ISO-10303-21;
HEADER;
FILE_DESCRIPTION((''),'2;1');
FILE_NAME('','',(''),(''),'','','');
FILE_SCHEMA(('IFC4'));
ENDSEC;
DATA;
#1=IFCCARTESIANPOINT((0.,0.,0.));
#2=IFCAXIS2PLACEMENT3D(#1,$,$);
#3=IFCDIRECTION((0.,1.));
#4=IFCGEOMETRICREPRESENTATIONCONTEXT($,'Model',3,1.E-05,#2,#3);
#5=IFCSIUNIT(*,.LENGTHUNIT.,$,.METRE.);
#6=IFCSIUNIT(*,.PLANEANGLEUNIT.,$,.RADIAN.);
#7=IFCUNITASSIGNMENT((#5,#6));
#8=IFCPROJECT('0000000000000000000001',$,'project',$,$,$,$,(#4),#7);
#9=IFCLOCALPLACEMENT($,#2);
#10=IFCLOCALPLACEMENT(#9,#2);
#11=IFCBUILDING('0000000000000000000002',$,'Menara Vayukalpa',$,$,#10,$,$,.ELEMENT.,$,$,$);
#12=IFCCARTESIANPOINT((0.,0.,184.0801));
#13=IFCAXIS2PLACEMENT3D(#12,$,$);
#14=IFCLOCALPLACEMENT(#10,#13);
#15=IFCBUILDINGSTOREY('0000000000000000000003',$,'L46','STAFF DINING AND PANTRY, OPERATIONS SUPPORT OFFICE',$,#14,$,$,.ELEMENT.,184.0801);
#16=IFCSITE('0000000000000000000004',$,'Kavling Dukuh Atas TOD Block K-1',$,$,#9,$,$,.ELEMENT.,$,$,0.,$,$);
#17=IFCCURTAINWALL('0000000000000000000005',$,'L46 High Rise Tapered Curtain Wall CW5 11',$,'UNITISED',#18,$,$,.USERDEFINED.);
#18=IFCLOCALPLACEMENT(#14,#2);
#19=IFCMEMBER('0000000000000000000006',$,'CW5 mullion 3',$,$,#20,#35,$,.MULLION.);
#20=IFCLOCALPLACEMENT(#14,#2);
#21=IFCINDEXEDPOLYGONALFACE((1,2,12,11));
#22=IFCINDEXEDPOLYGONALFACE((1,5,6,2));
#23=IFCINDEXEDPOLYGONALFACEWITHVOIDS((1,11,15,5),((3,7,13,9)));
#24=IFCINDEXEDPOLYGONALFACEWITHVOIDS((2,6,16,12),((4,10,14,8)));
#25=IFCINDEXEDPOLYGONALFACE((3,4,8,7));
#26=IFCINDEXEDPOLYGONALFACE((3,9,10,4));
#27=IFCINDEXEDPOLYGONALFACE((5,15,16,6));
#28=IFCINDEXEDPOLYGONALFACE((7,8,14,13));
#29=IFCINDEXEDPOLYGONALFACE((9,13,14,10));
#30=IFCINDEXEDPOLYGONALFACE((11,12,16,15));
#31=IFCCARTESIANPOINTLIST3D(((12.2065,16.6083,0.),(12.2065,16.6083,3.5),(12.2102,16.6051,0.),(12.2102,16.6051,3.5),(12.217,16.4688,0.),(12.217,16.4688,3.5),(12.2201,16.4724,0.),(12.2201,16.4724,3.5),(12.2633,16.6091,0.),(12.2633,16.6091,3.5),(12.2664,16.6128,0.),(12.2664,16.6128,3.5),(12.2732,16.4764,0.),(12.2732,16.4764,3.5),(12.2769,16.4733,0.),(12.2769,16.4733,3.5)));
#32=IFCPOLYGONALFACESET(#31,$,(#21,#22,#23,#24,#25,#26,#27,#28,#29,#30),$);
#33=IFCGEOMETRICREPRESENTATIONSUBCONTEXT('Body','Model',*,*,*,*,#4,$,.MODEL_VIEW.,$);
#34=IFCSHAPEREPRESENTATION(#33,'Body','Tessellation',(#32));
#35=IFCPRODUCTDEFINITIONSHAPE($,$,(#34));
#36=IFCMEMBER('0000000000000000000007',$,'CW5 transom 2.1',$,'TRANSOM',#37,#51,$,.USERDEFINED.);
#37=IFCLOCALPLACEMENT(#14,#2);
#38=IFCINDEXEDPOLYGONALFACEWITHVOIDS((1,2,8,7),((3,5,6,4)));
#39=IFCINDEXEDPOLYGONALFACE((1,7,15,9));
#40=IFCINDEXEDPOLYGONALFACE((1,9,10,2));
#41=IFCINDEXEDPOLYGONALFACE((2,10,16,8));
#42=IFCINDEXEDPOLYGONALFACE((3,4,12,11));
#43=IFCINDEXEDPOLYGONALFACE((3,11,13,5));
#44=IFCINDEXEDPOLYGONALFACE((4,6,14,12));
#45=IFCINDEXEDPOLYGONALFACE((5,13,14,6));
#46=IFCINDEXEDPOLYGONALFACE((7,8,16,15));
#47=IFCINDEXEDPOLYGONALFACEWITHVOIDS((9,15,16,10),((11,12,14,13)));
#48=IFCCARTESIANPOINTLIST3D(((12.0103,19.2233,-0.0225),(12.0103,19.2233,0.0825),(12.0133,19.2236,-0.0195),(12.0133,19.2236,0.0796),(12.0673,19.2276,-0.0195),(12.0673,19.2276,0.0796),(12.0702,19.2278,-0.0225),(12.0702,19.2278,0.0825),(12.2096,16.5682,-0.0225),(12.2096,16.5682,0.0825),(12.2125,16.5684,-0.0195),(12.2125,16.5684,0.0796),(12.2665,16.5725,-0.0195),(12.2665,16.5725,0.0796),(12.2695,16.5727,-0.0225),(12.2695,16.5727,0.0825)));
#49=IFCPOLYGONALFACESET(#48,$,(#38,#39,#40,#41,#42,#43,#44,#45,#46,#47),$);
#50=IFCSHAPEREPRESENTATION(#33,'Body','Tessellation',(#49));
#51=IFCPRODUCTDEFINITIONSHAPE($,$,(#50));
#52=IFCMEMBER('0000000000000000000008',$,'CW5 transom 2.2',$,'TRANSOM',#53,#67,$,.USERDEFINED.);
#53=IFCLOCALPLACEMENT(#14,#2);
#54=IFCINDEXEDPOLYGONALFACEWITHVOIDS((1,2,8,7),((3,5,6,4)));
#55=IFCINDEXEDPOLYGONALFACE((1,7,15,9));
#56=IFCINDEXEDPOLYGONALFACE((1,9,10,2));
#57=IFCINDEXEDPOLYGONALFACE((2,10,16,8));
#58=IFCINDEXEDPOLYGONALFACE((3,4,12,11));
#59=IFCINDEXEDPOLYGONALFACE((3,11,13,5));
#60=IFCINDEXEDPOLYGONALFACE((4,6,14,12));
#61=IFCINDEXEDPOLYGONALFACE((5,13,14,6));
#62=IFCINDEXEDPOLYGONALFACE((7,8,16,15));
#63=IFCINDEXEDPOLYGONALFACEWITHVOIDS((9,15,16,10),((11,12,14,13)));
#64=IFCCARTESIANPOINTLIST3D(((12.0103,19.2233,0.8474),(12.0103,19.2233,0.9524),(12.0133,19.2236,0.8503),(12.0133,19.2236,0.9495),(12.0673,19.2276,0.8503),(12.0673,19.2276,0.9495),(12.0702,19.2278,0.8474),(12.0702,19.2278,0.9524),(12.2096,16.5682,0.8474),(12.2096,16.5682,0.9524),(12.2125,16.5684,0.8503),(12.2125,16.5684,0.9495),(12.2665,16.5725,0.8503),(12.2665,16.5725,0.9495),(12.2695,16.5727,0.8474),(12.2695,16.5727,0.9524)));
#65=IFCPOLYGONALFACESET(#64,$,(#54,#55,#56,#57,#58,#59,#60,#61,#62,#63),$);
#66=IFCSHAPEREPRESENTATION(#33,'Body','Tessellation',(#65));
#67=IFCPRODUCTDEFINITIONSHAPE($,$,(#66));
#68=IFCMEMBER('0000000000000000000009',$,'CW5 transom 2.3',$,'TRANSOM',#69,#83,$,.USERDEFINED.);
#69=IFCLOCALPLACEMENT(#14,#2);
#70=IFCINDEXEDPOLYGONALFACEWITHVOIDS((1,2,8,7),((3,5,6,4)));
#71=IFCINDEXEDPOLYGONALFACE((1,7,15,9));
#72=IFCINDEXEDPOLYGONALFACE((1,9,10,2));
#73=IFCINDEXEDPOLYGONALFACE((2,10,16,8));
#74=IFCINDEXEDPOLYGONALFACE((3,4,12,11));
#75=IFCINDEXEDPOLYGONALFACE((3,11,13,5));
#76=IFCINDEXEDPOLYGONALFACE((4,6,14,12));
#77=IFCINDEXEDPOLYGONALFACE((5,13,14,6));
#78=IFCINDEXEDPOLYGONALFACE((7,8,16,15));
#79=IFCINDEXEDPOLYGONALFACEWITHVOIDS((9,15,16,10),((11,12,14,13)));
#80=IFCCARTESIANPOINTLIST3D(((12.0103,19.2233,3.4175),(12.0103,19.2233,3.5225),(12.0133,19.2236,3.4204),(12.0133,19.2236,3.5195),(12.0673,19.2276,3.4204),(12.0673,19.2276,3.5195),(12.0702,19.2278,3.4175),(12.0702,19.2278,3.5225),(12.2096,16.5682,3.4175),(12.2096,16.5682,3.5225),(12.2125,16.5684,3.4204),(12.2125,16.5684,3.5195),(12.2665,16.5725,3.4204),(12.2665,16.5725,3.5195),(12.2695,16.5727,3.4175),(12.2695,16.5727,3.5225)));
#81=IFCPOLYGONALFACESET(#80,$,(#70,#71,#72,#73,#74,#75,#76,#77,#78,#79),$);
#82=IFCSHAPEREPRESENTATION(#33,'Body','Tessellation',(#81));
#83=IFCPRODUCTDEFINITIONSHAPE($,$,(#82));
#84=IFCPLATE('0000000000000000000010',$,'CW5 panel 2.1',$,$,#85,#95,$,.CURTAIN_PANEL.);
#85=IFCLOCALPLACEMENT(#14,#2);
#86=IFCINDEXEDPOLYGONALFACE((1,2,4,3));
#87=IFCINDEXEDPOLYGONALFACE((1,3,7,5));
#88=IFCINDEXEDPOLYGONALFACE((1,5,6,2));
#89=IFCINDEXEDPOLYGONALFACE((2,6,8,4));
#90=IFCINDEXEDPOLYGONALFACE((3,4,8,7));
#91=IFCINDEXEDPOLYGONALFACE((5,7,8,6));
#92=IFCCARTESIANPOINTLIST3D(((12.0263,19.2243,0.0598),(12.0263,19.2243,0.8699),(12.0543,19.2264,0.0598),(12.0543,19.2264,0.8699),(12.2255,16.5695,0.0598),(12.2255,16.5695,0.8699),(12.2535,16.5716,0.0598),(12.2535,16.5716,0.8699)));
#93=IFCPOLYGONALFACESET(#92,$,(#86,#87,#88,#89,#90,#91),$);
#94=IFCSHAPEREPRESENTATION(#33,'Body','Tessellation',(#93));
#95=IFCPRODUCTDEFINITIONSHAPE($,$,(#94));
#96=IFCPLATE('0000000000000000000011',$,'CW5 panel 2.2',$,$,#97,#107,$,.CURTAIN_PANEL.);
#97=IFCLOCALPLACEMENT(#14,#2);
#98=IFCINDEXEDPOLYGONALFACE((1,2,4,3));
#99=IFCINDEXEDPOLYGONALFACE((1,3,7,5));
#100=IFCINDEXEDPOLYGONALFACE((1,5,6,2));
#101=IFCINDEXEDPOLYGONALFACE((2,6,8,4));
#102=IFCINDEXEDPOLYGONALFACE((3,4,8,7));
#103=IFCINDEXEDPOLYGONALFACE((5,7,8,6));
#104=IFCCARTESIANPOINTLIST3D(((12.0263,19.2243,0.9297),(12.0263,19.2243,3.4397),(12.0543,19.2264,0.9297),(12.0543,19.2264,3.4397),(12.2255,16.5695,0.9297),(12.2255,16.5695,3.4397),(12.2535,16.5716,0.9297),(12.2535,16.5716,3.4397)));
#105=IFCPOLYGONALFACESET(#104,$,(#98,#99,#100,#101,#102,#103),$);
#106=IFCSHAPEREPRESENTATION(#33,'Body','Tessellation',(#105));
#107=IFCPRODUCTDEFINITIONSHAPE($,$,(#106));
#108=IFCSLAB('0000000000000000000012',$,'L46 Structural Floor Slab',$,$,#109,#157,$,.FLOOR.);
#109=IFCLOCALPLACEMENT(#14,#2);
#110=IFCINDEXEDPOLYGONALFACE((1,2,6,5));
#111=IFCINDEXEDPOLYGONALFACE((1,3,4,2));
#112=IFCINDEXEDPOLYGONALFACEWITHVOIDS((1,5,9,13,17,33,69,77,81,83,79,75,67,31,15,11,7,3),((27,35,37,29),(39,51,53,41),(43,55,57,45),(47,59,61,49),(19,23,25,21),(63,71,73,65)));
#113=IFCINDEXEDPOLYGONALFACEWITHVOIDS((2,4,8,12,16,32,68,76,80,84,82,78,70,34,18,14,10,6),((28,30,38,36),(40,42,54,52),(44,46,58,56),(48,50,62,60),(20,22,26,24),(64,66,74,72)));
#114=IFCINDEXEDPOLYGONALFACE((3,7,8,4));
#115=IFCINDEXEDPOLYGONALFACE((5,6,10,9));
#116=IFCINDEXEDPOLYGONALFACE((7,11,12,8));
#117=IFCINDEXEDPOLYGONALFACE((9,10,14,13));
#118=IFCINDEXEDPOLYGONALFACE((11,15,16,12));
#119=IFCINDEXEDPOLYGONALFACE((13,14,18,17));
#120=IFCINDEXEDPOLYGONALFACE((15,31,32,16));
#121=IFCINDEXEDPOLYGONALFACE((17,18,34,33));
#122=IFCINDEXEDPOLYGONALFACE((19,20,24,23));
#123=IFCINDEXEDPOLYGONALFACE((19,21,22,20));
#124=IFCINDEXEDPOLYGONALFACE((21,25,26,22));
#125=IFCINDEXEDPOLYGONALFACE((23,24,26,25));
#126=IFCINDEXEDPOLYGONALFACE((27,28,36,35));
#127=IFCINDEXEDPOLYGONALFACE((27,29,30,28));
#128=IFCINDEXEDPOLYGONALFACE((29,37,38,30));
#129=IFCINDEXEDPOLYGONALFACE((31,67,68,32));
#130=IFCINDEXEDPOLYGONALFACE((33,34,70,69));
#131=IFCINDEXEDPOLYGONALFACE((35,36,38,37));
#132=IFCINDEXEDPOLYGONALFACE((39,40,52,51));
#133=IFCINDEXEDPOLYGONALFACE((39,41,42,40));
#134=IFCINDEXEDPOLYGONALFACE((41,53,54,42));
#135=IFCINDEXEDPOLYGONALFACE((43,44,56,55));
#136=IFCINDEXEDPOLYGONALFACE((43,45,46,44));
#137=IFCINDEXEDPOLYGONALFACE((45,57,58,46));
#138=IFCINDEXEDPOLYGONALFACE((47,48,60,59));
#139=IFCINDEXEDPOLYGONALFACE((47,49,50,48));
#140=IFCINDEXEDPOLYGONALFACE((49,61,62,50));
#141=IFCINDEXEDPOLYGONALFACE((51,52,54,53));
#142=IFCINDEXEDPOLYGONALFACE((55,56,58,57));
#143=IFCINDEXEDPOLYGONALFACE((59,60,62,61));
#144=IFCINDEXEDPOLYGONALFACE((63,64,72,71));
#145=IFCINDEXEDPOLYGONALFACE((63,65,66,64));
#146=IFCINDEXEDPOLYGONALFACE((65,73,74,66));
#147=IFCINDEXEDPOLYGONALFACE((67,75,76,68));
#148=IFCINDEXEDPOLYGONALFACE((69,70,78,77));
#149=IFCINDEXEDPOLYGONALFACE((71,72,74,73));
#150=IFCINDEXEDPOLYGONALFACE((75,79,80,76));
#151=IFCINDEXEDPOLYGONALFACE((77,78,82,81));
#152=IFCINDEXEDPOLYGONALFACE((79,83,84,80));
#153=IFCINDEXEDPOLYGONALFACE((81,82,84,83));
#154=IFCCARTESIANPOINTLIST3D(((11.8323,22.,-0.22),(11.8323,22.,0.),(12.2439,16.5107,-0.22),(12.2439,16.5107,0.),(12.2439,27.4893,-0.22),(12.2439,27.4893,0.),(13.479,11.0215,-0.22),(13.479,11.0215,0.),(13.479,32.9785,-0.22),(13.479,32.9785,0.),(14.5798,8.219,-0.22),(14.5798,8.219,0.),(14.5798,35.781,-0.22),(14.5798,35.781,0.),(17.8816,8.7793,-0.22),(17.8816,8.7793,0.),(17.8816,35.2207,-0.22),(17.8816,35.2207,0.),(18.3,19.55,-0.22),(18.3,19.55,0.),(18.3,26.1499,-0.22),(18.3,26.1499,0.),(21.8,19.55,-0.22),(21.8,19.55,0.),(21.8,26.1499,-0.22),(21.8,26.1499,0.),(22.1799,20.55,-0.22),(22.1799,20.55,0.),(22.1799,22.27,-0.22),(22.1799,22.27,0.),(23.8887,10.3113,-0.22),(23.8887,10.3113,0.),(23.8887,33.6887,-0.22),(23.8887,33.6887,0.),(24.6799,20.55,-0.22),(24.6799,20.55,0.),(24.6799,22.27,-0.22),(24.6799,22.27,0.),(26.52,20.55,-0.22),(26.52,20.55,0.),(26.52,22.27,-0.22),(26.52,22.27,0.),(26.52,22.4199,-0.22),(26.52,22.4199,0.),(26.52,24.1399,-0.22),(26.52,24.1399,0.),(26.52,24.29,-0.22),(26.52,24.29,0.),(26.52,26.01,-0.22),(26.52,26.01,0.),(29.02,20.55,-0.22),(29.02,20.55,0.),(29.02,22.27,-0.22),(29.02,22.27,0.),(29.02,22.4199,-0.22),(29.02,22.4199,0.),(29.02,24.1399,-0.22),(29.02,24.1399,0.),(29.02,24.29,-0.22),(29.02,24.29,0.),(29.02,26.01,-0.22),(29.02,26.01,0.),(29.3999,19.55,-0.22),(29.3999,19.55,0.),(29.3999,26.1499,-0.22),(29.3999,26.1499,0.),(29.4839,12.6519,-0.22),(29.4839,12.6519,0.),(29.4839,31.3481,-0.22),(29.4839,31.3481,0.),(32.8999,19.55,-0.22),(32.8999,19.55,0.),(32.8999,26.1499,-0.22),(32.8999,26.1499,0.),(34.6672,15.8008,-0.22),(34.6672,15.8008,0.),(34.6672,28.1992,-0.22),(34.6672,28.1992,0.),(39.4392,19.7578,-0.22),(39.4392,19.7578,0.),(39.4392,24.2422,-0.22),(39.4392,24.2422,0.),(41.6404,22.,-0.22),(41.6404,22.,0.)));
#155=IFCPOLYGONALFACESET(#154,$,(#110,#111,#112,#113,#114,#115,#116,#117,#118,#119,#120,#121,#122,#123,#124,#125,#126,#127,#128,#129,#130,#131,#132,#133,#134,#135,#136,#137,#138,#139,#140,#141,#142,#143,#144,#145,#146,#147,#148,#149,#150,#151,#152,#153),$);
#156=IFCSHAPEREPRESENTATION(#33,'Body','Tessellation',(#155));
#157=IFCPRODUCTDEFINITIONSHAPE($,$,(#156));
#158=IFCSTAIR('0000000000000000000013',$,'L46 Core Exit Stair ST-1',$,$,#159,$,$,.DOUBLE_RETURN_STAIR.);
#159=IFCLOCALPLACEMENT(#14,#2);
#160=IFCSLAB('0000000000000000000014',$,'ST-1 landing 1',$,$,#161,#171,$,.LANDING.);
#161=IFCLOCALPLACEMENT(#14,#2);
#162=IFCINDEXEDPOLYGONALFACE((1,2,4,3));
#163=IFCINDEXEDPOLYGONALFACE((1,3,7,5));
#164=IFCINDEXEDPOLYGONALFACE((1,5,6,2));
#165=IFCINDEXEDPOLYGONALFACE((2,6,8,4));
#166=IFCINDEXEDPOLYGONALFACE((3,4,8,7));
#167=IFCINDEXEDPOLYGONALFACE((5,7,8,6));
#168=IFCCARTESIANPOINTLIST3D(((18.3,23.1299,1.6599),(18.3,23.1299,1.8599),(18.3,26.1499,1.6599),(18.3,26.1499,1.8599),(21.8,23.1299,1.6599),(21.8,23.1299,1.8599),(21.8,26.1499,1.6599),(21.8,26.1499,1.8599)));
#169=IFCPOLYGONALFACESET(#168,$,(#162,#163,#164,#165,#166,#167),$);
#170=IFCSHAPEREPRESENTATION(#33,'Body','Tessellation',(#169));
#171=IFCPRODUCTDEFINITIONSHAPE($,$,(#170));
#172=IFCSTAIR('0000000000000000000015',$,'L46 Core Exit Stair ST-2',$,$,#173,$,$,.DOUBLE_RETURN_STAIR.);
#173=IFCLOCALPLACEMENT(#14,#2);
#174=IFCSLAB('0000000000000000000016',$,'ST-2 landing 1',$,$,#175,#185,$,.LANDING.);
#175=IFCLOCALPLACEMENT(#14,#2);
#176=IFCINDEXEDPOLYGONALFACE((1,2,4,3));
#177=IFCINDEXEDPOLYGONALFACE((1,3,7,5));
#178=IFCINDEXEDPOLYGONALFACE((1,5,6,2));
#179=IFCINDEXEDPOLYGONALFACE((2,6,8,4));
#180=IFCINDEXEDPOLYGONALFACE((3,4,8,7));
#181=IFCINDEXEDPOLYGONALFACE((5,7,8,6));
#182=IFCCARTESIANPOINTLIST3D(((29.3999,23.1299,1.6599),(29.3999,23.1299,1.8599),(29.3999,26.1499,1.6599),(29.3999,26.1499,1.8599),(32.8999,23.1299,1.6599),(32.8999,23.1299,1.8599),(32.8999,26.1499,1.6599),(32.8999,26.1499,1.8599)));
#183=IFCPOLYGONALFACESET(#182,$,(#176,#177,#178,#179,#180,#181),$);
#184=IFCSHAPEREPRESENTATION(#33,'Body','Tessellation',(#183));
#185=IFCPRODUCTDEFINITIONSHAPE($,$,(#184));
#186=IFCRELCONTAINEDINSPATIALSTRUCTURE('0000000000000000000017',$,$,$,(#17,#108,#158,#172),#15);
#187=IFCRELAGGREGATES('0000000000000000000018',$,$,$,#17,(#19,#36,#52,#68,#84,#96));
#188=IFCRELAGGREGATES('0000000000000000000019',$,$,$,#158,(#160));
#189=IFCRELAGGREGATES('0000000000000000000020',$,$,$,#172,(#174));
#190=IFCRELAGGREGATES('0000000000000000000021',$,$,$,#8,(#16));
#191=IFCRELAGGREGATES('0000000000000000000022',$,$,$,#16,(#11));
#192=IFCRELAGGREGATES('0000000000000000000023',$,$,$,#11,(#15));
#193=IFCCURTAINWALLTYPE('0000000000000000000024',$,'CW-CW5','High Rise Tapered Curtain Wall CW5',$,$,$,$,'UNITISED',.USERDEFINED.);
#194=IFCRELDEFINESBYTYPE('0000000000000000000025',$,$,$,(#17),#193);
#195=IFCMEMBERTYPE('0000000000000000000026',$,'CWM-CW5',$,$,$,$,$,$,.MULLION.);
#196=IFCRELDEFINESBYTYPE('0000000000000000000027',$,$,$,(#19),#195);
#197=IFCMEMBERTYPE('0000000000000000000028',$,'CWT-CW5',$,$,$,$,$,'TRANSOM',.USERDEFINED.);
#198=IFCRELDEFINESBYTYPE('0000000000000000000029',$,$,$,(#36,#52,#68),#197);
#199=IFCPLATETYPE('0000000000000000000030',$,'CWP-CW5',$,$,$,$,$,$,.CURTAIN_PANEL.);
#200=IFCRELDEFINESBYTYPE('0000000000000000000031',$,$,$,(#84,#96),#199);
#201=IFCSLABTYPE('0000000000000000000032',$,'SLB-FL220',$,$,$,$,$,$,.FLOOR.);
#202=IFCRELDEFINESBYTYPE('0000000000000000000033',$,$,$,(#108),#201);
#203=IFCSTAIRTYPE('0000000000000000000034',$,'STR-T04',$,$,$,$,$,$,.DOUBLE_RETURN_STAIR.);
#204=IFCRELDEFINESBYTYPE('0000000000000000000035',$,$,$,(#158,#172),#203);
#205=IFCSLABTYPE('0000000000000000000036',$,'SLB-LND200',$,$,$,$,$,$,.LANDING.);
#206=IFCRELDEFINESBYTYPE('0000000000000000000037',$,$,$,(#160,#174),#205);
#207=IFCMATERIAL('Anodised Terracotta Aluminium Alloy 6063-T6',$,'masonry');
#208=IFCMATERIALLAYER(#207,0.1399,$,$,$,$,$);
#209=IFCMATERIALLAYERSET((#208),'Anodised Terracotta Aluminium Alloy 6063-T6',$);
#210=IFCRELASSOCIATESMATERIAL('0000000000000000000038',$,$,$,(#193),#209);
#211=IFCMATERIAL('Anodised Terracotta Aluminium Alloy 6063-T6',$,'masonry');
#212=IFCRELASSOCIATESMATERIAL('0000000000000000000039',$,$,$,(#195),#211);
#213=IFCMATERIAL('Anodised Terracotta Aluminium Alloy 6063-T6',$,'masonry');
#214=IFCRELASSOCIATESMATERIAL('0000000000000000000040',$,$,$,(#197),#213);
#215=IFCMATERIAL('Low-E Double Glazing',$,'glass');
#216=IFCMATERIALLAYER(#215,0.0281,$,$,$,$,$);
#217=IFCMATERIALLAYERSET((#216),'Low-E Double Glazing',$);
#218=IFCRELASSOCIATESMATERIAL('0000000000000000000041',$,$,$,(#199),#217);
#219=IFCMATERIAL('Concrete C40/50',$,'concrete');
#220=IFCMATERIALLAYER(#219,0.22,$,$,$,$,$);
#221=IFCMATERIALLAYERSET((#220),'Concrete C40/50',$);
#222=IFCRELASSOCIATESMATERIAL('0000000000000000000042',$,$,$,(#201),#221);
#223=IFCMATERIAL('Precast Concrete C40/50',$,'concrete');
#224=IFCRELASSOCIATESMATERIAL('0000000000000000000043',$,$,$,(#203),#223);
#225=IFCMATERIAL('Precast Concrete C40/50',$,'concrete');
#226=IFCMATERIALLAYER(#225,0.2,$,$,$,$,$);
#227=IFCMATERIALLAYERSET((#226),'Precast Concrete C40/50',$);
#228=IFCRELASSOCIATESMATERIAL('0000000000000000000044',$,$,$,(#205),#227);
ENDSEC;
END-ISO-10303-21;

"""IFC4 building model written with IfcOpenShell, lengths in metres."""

from ifc_helpers import new_model, si_unit, direction, frame, origin, origin_2d, place, context, subcontext, project, spatial, polyline, rectangle, hollow_rectangle, outline, extrude, material, layer, layer_set, material_profile, profile_set, type_object, element, aggregate, save


model = new_model("IFC4")

# Units and contexts
model_context = context("Model", 3, precision=1e-05, world=origin(), true_north=direction((0.0, 1.0)))
body_context = subcontext(model_context, "Body", "Model", "MODEL_VIEW")
ifc_project = project(units=[si_unit("LENGTHUNIT", "METRE"), si_unit("PLANEANGLEUNIT", "RADIAN")], contexts=[model_context])

# Site, building, storey
site_placement = place(None, origin())
site = spatial("IfcSite", under=ifc_project, at=site_placement, Name="Kavling Dukuh Atas TOD Block K-1", CompositionType="ELEMENT", RefElevation=0.0)
building_placement = place(site_placement, origin())
building = spatial("IfcBuilding", under=site, at=building_placement, Name="Menara Vayukalpa", CompositionType="ELEMENT")
storey_placement = place(building_placement, frame((0.0, 0.0, 184.0801)))
storey = spatial("IfcBuildingStorey", under=building, at=storey_placement, Name="L46", Description="STAFF DINING AND PANTRY, OPERATIONS SUPPORT OFFICE", CompositionType="ELEMENT", Elevation=184.0801)

# Curtain wall, members, plates
ifc_material_1 = material(Name="Anodised Terracotta Aluminium Alloy 6063-T6", Category="masonry")
ifc_layer_1 = layer(ifc_material_1, 0.1399)
ifc_layer_set_1 = layer_set([ifc_layer_1], Name="Anodised Terracotta Aluminium Alloy 6063-T6")
curtain_wall_type = type_object("IfcCurtainWallType", Name="CW-CW5", Description="High Rise Tapered Curtain Wall CW5", ElementType="UNITISED", PredefinedType="USERDEFINED", material=ifc_layer_set_1)
curtain_wall_placement = place(storey_placement, origin())
curtain_wall = element("IfcCurtainWall", 1, at=curtain_wall_placement, inside=storey, type_object=curtain_wall_type, Name="L46 High Rise Tapered Curtain Wall CW5 11", ObjectType="UNITISED", PredefinedType="USERDEFINED")
ifc_material_2 = material(Name="Anodised Terracotta Aluminium Alloy 6063-T6", Category="masonry")
ifc_material_profile_1 = material_profile(ifc_material_2, hollow_rectangle(XDim=0.0601, YDim=0.1399, WallThickness=0.0034, at=origin_2d()), Name="ALU 60x140x3.5")
ifc_profile_set_1 = profile_set([ifc_material_profile_1], Name="Anodised Terracotta Aluminium Alloy 6063-T6")
member_type_1 = type_object("IfcMemberType", Name="CWM-CW5", PredefinedType="MULLION", material=ifc_profile_set_1)
member_1_placement = place(storey_placement, frame((12.2417, 16.5408, 0.0), z_axis=(0.0, 0.0, 1.0), x_axis=(0.997199, 0.074792, 0.0)))
member_1 = element("IfcMember", 2, at=member_1_placement, type_object=member_type_1, Name="CW5 mullion 3", PredefinedType="MULLION", context=body_context, shape_type="SweptSolid", body=[
    extrude(hollow_rectangle(XDim=0.0601, YDim=0.1399, WallThickness=0.0034, at=origin_2d()), origin(), (0.0, 0.0, 1.0), 3.5),
])
ifc_material_3 = material(Name="Anodised Terracotta Aluminium Alloy 6063-T6", Category="masonry")
ifc_material_profile_2 = material_profile(ifc_material_3, hollow_rectangle(XDim=0.0601, YDim=0.105, WallThickness=0.0029, at=origin_2d()), Name="ALU 60x105x3")
ifc_profile_set_2 = profile_set([ifc_material_profile_2], Name="Anodised Terracotta Aluminium Alloy 6063-T6")
member_type_2 = type_object("IfcMemberType", Name="CWT-CW5", ElementType="TRANSOM", PredefinedType="USERDEFINED", material=ifc_profile_set_2)
member_2_placement = place(storey_placement, frame((12.0403, 19.2256, 0.03), z_axis=(0.074824, -0.997197, 0.0), x_axis=(0.997197, 0.074824, 0.0)))
member_2 = element("IfcMember", 3, at=member_2_placement, type_object=member_type_2, Name="CW5 transom 2.1", ObjectType="TRANSOM", PredefinedType="USERDEFINED", context=body_context, shape_type="SweptSolid", body=[
    extrude(hollow_rectangle(XDim=0.0601, YDim=0.105, WallThickness=0.0029, at=origin_2d()), origin(), (0.0, 0.0, 1.0), 2.6626),
])
member_3_placement = place(storey_placement, frame((12.0403, 19.2256, 0.8999), z_axis=(0.074824, -0.997197, 0.0), x_axis=(0.997197, 0.074824, 0.0)))
member_3 = element("IfcMember", 4, at=member_3_placement, type_object=member_type_2, Name="CW5 transom 2.2", ObjectType="TRANSOM", PredefinedType="USERDEFINED", context=body_context, shape_type="SweptSolid", body=[
    extrude(hollow_rectangle(XDim=0.0601, YDim=0.105, WallThickness=0.0029, at=origin_2d()), origin(), (0.0, 0.0, 1.0), 2.6626),
])
member_4_placement = place(storey_placement, frame((12.0403, 19.2256, 3.47), z_axis=(0.074824, -0.997197, 0.0), x_axis=(0.997197, 0.074824, 0.0)))
member_4 = element("IfcMember", 5, at=member_4_placement, type_object=member_type_2, Name="CW5 transom 2.3", ObjectType="TRANSOM", PredefinedType="USERDEFINED", context=body_context, shape_type="SweptSolid", body=[
    extrude(hollow_rectangle(XDim=0.0601, YDim=0.105, WallThickness=0.0029, at=origin_2d()), origin(), (0.0, 0.0, 1.0), 2.6626),
])
ifc_material_4 = material(Name="Low-E Double Glazing", Category="glass")
ifc_layer_2 = layer(ifc_material_4, 0.0281)
ifc_layer_set_2 = layer_set([ifc_layer_2], Name="Low-E Double Glazing")
plate_type = type_object("IfcPlateType", Name="CWP-CW5", PredefinedType="CURTAIN_PANEL", material=ifc_layer_set_2)
plate_1_placement = place(storey_placement, frame((12.1399, 17.8979, 0.0598), z_axis=(0.0, 0.0, 1.0), x_axis=(0.074792, -0.997199, 0.0)))
plate_1 = element("IfcPlate", 6, at=plate_1_placement, type_object=plate_type, Name="CW5 panel 2.1", PredefinedType="CURTAIN_PANEL", context=body_context, shape_type="SweptSolid", body=[
    extrude(rectangle(XDim=2.6624, YDim=0.0281, at=origin_2d()), origin(), (0.0, 0.0, 1.0), 0.8101),
])
plate_2_placement = place(storey_placement, frame((12.1399, 17.8979, 0.9297), z_axis=(0.0, 0.0, 1.0), x_axis=(0.074792, -0.997199, 0.0)))
plate_2 = element("IfcPlate", 7, at=plate_2_placement, type_object=plate_type, Name="CW5 panel 2.2", PredefinedType="CURTAIN_PANEL", context=body_context, shape_type="SweptSolid", body=[
    extrude(rectangle(XDim=2.6624, YDim=0.0281, at=origin_2d()), origin(), (0.0, 0.0, 1.0), 2.51),
])
aggregate(curtain_wall, [member_1, member_2, member_3, member_4, plate_1, plate_2])

# Slab
ifc_material_5 = material(Name="Concrete C40/50", Category="concrete")
ifc_layer_3 = layer(ifc_material_5, 0.22)
ifc_layer_set_3 = layer_set([ifc_layer_3], Name="Concrete C40/50")
slab_type_1 = type_object("IfcSlabType", Name="SLB-FL220", PredefinedType="FLOOR", material=ifc_layer_set_3)
slab_1_placement = place(storey_placement, frame((0.0, 0.0, -0.22)))
element("IfcSlab", 8, at=slab_1_placement, inside=storey, type_object=slab_type_1, Name="L46 Structural Floor Slab", PredefinedType="FLOOR", context=body_context, shape_type="SweptSolid", body=[
    extrude(outline(polyline([(39.4392, 19.7578), (41.6404, 22.0), (39.4392, 24.2422), (34.6672, 28.1992), (29.4839, 31.3481), (23.8887, 33.6887), (17.8816, 35.2207), (14.5798, 35.781), (13.479, 32.9785), (12.2439, 27.4893), (11.8323, 22.0), (12.2439, 16.5107), (13.479, 11.0215), (14.5798, 8.219), (17.8816, 8.7793), (23.8887, 10.3113), (29.4839, 12.6519), (34.6672, 15.8008), (39.4392, 19.7578)]), holes=[polyline([(21.8, 19.55), (21.8, 26.1499), (18.3, 26.1499), (18.3, 19.55), (21.8, 19.55)]), polyline([(32.8999, 19.55), (32.8999, 26.1499), (29.3999, 26.1499), (29.3999, 19.55), (32.8999, 19.55)]), polyline([(22.1799, 20.55), (24.6799, 20.55), (24.6799, 22.27), (22.1799, 22.27), (22.1799, 20.55)]), polyline([(26.52, 20.55), (29.02, 20.55), (29.02, 22.27), (26.52, 22.27), (26.52, 20.55)]), polyline([(26.52, 24.29), (29.02, 24.29), (29.02, 26.01), (26.52, 26.01), (26.52, 24.29)]), polyline([(26.52, 22.4199), (29.02, 22.4199), (29.02, 24.1399), (26.52, 24.1399), (26.52, 22.4199)])]), origin(), (0.0, 0.0, 1.0), 0.22),
])

# Stairs, slabs
ifc_material_6 = material(Name="Precast Concrete C40/50", Category="concrete")
stair_type = type_object("IfcStairType", Name="STR-T04", PredefinedType="DOUBLE_RETURN_STAIR", material=ifc_material_6)
stair_1_placement = place(storey_placement, origin())
stair_1 = element("IfcStair", 9, at=stair_1_placement, inside=storey, type_object=stair_type, Name="L46 Core Exit Stair ST-1", PredefinedType="DOUBLE_RETURN_STAIR")
ifc_material_7 = material(Name="Precast Concrete C40/50", Category="concrete")
ifc_layer_4 = layer(ifc_material_7, 0.2)
ifc_layer_set_4 = layer_set([ifc_layer_4], Name="Precast Concrete C40/50")
slab_type_2 = type_object("IfcSlabType", Name="SLB-LND200", PredefinedType="LANDING", material=ifc_layer_set_4)
slab_2_placement = place(storey_placement, frame((0.0, 0.0, 1.6599)))
slab_2 = element("IfcSlab", 10, at=slab_2_placement, type_object=slab_type_2, Name="ST-1 landing 1", PredefinedType="LANDING", context=body_context, shape_type="SweptSolid", body=[
    extrude(outline(polyline([(21.8, 23.1299), (21.8, 26.1499), (18.3, 26.1499), (18.3, 23.1299), (21.8, 23.1299)])), origin(), (0.0, 0.0, 1.0), 0.2),
])
aggregate(stair_1, [slab_2])
stair_2_placement = place(storey_placement, origin())
stair_2 = element("IfcStair", 11, at=stair_2_placement, inside=storey, type_object=stair_type, Name="L46 Core Exit Stair ST-2", PredefinedType="DOUBLE_RETURN_STAIR")
slab_3_placement = place(storey_placement, frame((0.0, 0.0, 1.6599)))
slab_3 = element("IfcSlab", 12, at=slab_3_placement, type_object=slab_type_2, Name="ST-2 landing 1", PredefinedType="LANDING", context=body_context, shape_type="SweptSolid", body=[
    extrude(outline(polyline([(32.8999, 23.1299), (32.8999, 26.1499), (29.3999, 26.1499), (29.3999, 23.1299), (32.8999, 23.1299)])), origin(), (0.0, 0.0, 1.0), 0.2),
])
aggregate(stair_2, [slab_3])

save(model, "model.ifc")
